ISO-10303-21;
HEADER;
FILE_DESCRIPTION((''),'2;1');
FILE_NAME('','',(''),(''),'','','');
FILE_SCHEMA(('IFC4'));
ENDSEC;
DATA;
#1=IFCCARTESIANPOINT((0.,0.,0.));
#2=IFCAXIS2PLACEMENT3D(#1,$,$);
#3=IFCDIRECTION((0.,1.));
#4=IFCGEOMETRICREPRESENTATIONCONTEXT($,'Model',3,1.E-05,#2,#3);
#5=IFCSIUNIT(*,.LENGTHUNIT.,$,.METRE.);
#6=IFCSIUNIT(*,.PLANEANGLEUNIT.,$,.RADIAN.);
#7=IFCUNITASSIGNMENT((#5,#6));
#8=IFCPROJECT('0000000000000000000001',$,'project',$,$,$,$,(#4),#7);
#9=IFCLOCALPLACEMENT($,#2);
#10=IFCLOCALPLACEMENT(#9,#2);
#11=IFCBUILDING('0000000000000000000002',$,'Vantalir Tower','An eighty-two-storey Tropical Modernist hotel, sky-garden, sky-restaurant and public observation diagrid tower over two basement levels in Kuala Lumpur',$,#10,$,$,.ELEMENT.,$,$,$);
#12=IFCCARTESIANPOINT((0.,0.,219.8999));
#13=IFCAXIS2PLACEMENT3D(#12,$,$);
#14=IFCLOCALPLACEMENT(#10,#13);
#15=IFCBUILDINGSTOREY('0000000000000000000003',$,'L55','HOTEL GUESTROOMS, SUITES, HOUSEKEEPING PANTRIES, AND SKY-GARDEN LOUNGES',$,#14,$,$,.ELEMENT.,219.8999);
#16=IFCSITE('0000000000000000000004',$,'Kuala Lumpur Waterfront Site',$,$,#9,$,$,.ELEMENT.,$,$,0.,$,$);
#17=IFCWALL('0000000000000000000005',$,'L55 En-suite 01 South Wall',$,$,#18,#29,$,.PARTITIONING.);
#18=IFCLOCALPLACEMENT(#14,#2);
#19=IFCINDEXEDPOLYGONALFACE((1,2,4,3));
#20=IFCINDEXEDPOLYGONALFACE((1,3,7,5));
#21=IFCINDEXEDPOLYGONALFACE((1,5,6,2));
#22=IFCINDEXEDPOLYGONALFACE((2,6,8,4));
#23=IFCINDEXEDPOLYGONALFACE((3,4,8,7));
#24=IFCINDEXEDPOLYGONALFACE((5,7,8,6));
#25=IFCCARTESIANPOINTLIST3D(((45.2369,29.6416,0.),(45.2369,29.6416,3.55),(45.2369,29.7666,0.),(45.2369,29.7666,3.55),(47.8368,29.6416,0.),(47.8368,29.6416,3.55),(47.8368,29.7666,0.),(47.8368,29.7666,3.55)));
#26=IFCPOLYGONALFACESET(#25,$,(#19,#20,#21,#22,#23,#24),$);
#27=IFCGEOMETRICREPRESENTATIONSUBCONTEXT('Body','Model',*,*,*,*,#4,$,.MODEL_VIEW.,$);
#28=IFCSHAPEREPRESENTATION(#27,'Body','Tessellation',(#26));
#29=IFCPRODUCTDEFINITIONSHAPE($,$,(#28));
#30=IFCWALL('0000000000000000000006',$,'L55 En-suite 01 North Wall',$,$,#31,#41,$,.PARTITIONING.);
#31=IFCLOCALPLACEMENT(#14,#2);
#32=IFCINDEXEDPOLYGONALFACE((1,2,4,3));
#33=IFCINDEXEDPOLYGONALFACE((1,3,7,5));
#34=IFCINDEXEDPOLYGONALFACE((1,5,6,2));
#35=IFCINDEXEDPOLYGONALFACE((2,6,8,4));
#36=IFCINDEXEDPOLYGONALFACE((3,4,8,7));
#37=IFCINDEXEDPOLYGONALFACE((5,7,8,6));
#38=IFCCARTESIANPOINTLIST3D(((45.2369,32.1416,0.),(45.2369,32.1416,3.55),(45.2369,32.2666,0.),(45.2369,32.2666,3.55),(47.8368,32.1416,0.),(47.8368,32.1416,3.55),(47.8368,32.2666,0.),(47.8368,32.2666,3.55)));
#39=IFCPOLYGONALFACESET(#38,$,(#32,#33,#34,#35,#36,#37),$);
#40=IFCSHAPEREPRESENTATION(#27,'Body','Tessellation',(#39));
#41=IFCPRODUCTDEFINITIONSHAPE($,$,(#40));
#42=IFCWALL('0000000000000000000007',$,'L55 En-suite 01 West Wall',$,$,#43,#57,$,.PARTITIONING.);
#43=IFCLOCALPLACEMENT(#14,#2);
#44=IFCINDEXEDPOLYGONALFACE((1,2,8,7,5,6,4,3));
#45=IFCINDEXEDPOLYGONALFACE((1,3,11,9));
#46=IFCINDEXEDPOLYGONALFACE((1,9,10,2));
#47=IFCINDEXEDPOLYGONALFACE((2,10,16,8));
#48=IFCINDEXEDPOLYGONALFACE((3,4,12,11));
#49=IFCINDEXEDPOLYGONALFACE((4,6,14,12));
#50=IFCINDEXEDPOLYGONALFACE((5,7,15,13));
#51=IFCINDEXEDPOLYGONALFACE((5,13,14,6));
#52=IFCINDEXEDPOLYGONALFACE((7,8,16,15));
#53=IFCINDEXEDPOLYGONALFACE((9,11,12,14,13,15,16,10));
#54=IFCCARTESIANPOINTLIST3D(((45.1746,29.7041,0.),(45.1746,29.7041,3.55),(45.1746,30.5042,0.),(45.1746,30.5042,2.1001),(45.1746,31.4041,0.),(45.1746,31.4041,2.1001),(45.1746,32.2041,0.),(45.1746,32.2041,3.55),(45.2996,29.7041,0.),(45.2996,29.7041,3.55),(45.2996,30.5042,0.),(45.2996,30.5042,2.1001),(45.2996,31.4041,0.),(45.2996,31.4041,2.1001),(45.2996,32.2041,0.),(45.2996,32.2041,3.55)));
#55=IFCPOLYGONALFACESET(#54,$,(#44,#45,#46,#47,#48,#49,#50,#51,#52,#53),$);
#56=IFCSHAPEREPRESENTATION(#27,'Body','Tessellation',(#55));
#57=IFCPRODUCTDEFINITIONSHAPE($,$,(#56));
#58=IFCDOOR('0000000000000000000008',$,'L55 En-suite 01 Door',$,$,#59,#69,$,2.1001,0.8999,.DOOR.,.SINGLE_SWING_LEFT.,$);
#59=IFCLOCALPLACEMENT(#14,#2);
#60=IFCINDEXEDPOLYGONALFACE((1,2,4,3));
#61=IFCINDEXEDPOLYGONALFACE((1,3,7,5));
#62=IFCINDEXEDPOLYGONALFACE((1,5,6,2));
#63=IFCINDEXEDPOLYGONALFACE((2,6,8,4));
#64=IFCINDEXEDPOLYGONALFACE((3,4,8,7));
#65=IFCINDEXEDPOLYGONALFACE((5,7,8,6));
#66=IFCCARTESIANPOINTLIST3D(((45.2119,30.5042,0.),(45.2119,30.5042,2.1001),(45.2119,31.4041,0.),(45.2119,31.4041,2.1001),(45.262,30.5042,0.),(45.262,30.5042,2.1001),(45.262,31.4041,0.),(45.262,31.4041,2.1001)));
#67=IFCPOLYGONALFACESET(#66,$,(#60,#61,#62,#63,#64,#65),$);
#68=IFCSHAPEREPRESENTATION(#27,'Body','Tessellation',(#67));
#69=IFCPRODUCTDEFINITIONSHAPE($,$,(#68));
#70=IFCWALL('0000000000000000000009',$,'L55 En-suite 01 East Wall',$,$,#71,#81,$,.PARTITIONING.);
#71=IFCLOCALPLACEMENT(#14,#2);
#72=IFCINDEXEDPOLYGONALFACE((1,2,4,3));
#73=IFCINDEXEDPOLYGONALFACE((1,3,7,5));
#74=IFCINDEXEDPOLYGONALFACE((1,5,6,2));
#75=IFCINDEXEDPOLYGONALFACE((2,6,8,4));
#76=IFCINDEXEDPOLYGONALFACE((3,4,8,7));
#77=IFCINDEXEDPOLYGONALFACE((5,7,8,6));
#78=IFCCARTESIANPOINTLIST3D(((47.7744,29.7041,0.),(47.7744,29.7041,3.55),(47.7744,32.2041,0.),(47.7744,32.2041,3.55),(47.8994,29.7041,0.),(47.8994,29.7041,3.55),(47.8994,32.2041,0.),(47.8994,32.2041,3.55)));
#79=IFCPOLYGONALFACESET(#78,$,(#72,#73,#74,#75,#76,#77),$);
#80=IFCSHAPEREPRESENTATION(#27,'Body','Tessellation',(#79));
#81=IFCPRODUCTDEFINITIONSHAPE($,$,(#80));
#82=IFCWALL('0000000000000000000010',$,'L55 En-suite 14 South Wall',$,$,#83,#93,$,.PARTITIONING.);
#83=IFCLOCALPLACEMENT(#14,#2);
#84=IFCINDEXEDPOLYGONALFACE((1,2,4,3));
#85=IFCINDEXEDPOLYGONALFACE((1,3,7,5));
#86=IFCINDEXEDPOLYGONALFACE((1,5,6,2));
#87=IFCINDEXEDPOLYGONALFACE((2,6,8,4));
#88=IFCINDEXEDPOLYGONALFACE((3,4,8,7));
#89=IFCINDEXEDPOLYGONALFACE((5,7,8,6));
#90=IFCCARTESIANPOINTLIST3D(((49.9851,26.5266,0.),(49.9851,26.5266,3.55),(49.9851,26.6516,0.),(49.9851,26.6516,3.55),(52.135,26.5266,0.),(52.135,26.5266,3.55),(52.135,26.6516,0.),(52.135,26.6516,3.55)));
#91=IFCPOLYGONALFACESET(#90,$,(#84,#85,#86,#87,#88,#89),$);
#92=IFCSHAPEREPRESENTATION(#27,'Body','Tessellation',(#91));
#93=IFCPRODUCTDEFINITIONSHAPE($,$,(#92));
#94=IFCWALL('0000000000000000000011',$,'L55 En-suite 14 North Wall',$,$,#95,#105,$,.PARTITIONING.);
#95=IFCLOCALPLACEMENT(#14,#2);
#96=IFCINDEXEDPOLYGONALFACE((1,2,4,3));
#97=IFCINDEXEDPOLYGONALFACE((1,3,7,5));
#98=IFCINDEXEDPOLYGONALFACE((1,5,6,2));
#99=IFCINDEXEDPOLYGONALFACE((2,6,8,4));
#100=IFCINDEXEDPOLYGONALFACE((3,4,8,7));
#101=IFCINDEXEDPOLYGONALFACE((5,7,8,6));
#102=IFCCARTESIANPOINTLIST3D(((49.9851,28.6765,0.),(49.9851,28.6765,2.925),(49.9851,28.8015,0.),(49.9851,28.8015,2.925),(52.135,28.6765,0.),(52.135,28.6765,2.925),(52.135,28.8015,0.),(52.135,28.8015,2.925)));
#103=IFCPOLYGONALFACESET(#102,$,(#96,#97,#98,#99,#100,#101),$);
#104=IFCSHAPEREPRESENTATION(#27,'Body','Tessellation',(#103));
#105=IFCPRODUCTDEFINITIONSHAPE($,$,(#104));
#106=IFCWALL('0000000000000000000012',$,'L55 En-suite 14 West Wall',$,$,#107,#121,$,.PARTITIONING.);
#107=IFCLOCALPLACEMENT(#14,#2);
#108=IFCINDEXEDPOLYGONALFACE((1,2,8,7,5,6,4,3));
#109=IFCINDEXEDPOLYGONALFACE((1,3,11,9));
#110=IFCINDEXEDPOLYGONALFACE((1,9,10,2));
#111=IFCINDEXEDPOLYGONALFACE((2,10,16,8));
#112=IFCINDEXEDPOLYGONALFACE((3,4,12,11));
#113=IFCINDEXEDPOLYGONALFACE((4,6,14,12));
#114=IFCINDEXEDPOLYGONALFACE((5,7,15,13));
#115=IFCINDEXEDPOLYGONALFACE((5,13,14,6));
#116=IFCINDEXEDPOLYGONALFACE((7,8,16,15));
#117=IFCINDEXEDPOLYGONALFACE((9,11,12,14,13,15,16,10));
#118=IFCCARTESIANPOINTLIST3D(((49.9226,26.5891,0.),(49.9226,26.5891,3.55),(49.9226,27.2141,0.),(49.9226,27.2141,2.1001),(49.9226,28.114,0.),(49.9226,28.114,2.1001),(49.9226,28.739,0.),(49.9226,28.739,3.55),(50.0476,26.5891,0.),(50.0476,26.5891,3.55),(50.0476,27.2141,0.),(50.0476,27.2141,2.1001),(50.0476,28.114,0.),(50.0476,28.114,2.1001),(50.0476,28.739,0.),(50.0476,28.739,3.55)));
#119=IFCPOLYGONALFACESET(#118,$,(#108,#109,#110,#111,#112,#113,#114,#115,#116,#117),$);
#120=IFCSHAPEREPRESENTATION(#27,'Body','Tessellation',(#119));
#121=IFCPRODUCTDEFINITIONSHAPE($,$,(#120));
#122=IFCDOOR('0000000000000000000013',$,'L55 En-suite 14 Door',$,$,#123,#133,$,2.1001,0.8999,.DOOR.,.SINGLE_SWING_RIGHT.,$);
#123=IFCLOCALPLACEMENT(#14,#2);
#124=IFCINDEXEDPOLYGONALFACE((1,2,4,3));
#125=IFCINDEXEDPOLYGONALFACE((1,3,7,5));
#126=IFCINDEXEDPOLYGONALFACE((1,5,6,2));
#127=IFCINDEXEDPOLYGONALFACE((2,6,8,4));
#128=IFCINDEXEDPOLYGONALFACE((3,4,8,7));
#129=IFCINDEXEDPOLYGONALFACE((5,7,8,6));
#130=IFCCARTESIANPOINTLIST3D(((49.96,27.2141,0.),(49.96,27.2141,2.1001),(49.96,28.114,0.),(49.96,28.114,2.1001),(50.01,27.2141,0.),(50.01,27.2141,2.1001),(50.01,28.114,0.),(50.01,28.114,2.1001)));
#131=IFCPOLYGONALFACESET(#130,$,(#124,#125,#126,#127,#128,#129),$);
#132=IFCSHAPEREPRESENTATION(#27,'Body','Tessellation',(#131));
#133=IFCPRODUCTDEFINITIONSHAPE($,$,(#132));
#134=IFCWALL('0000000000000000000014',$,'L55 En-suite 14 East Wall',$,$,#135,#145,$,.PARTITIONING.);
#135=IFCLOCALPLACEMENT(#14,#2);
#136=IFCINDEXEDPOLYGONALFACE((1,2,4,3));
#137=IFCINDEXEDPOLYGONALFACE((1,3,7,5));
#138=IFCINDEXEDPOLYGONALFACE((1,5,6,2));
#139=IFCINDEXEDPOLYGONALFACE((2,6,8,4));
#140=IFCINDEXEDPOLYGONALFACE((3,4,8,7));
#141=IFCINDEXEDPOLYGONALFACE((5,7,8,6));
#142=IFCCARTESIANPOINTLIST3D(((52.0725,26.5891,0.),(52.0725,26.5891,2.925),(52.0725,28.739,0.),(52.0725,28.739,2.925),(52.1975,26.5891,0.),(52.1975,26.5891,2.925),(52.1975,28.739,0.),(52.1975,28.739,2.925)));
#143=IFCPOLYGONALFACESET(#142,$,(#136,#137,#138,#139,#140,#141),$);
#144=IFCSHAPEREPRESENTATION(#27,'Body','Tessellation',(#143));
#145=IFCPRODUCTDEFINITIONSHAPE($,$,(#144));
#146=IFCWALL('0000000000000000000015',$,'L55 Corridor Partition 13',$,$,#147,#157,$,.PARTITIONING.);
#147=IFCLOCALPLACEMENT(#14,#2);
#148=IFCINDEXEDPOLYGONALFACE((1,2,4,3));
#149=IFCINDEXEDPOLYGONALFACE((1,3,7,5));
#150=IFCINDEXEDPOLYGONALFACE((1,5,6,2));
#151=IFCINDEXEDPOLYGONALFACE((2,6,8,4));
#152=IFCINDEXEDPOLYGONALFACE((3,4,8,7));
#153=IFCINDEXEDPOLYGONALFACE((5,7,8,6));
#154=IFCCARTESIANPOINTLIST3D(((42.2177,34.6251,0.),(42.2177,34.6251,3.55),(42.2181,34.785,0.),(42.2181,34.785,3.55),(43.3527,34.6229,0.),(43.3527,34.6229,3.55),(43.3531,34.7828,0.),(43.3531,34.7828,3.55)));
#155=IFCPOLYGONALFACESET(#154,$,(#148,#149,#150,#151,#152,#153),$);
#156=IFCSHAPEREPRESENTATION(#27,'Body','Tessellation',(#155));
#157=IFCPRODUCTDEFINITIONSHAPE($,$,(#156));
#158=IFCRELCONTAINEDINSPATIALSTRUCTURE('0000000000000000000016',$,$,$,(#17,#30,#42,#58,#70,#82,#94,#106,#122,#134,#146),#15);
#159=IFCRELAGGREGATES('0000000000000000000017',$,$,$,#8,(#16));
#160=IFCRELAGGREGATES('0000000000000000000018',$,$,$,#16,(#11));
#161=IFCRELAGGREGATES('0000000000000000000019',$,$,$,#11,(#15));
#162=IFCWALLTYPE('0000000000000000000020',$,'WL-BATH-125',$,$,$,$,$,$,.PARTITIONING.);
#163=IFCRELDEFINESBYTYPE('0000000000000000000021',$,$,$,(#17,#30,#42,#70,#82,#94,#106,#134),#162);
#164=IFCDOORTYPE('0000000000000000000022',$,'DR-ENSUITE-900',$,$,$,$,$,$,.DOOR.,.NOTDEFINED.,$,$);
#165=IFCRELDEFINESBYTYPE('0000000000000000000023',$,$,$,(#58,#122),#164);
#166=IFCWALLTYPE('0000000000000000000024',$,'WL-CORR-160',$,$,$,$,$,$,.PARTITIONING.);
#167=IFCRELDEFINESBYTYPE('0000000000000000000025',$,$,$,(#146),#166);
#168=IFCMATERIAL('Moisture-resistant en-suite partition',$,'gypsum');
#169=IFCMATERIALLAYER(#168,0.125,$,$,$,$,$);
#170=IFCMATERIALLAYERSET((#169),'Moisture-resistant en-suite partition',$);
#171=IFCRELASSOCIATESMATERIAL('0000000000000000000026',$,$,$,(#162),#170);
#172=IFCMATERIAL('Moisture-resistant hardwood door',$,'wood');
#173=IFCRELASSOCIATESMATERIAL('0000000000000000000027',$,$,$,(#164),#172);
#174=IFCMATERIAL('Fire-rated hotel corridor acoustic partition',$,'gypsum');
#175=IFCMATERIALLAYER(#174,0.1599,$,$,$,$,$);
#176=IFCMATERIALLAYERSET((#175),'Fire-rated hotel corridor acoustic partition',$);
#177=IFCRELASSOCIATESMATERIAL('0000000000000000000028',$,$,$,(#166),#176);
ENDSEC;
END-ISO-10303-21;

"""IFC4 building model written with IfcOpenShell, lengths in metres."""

from ifc_helpers import new_model, si_unit, direction, frame, frame_2d, origin, place, context, subcontext, project, spatial, rectangle, extrude, material, layer, layer_set, type_object, element, fill, save


model = new_model("IFC4")

# Units and contexts
model_context = context("Model", 3, precision=1e-05, world=origin(), true_north=direction((0.0, 1.0)))
body_context = subcontext(model_context, "Body", "Model", "MODEL_VIEW")
ifc_project = project(units=[si_unit("LENGTHUNIT", "METRE"), si_unit("PLANEANGLEUNIT", "RADIAN")], contexts=[model_context])

# Site, building, storey
site_placement = place(None, origin())
site = spatial("IfcSite", under=ifc_project, at=site_placement, Name="Kuala Lumpur Waterfront Site", CompositionType="ELEMENT", RefElevation=0.0)
building_placement = place(site_placement, origin())
building = spatial("IfcBuilding", under=site, at=building_placement, Name="Vantalir Tower", Description="An eighty-two-storey Tropical Modernist hotel, sky-garden, sky-restaurant and public observation diagrid tower over two basement levels in Kuala Lumpur", CompositionType="ELEMENT")
storey_placement = place(building_placement, frame((0.0, 0.0, 219.8999)))
storey = spatial("IfcBuildingStorey", under=building, at=storey_placement, Name="L55", Description="HOTEL GUESTROOMS, SUITES, HOUSEKEEPING PANTRIES, AND SKY-GARDEN LOUNGES", CompositionType="ELEMENT", Elevation=219.8999)

# Walls
ifc_material_1 = material(Name="Moisture-resistant en-suite partition", Category="gypsum")
ifc_layer_1 = layer(ifc_material_1, 0.125)
ifc_layer_set_1 = layer_set([ifc_layer_1], Name="Moisture-resistant en-suite partition")
wall_type_1 = type_object("IfcWallType", Name="WL-BATH-125", PredefinedType="PARTITIONING", material=ifc_layer_set_1)
for number, where, z_axis, x_axis, name in (
    (1, (45.2371, 29.7041, 0.0), (0.0, 0.0, 1.0), (1.0, 0.0, 0.0), "L55 En-suite 01 South Wall"),
    (2, (45.2371, 32.2041, 0.0), (0.0, 0.0, 1.0), (1.0, 0.0, 0.0), "L55 En-suite 01 North Wall"),
):
    element("IfcWall", number, at=place(storey_placement, frame(where, z_axis=z_axis, x_axis=x_axis)), inside=storey, type_object=wall_type_1, Name=name, PredefinedType="PARTITIONING", context=body_context, shape_type="SweptSolid", body=[
        extrude(rectangle(XDim=2.5999, YDim=0.125, at=frame_2d((1.2998, 0.0))), origin(), (0.0, 0.0, 1.0), 3.55),
    ])

# Wall, opening, door
wall_1_placement = place(storey_placement, frame((45.2371, 29.7041, 0.0), z_axis=(0.0, 0.0, 1.0), x_axis=(0.0, 1.0, 0.0)))
wall_1 = element("IfcWall", 3, at=wall_1_placement, inside=storey, type_object=wall_type_1, Name="L55 En-suite 01 West Wall", PredefinedType="PARTITIONING", context=body_context, shape_type="SweptSolid", body=[
    extrude(rectangle(XDim=2.5, YDim=0.125, at=frame_2d((1.25, 0.0))), origin(), (0.0, 0.0, 1.0), 3.55),
])
opening_1_placement = place(wall_1_placement, frame((0.8, 0.0, 0.0)))
opening_1 = element("IfcOpeningElement", 4, at=opening_1_placement, cuts=wall_1, PredefinedType="OPENING", context=body_context, shape_type="SweptSolid", body=[
    extrude(rectangle(XDim=0.8999, YDim=2.1001, at=frame_2d((0.45, 1.05))), frame((0.0, 0.0725, 0.0), z_axis=(0.0, -1.0, 0.0), x_axis=(1.0, 0.0, 0.0)), (0.0, 0.0, 1.0), 0.145),
])
ifc_material_2 = material(Name="Moisture-resistant hardwood door", Category="wood")
door_type_1 = type_object("IfcDoorType", Name="DR-ENSUITE-900", OperationType="NOTDEFINED", PredefinedType="DOOR", material=ifc_material_2)
door_1_placement = place(opening_1_placement, frame((0.8999, 0.0, 0.0), z_axis=(0.0, 0.0, 1.0), x_axis=(-1.0, 0.0, 0.0)))
door_1 = element("IfcDoor", 5, at=door_1_placement, inside=storey, type_object=door_type_1, Name="L55 En-suite 01 Door", OperationType="SINGLE_SWING_LEFT", OverallHeight=2.1001, OverallWidth=0.8999, PredefinedType="DOOR", context=body_context, shape_type="SweptSolid", body=[
    extrude(rectangle(XDim=0.8999, YDim=2.1001, at=frame_2d((0.45, 1.05))), frame((0.0, 0.0249, 0.0), z_axis=(0.0, -1.0, 0.0), x_axis=(1.0, 0.0, 0.0)), (0.0, 0.0, 1.0), 0.05),
])
fill(opening_1, door_1)

# Walls
wall_2_placement = place(storey_placement, frame((47.8369, 29.7041, 0.0), z_axis=(0.0, 0.0, 1.0), x_axis=(0.0, 1.0, 0.0)))
element("IfcWall", 6, at=wall_2_placement, inside=storey, type_object=wall_type_1, Name="L55 En-suite 01 East Wall", PredefinedType="PARTITIONING", context=body_context, shape_type="SweptSolid", body=[
    extrude(rectangle(XDim=2.5, YDim=0.125, at=frame_2d((1.25, 0.0))), origin(), (0.0, 0.0, 1.0), 3.55),
])
wall_3_placement = place(storey_placement, frame((49.9851, 26.5891, 0.0), z_axis=(0.0, 0.0, 1.0), x_axis=(1.0, 0.0, 0.0)))
element("IfcWall", 7, at=wall_3_placement, inside=storey, type_object=wall_type_1, Name="L55 En-suite 14 South Wall", PredefinedType="PARTITIONING", context=body_context, shape_type="SweptSolid", body=[
    extrude(rectangle(XDim=2.1499, YDim=0.125, at=frame_2d((1.075, 0.0))), origin(), (0.0, 0.0, 1.0), 3.55),
])
wall_4_placement = place(storey_placement, frame((49.9851, 28.739, 0.0), z_axis=(0.0, 0.0, 1.0), x_axis=(1.0, 0.0, 0.0)))
element("IfcWall", 8, at=wall_4_placement, inside=storey, type_object=wall_type_1, Name="L55 En-suite 14 North Wall", PredefinedType="PARTITIONING", context=body_context, shape_type="SweptSolid", body=[
    extrude(rectangle(XDim=2.1499, YDim=0.125, at=frame_2d((1.075, 0.0))), origin(), (0.0, 0.0, 1.0), 2.925),
])

# Wall, opening, door
wall_5_placement = place(storey_placement, frame((49.9851, 26.5891, 0.0), z_axis=(0.0, 0.0, 1.0), x_axis=(0.0, 1.0, 0.0)))
wall_5 = element("IfcWall", 9, at=wall_5_placement, inside=storey, type_object=wall_type_1, Name="L55 En-suite 14 West Wall", PredefinedType="PARTITIONING", context=body_context, shape_type="SweptSolid", body=[
    extrude(rectangle(XDim=2.1499, YDim=0.125, at=frame_2d((1.075, 0.0))), origin(), (0.0, 0.0, 1.0), 3.55),
])
opening_2_placement = place(wall_5_placement, frame((0.625, 0.0, 0.0)))
opening_2 = element("IfcOpeningElement", 10, at=opening_2_placement, cuts=wall_5, PredefinedType="OPENING", context=body_context, shape_type="SweptSolid", body=[
    extrude(rectangle(XDim=0.8999, YDim=2.1001, at=frame_2d((0.45, 1.05))), frame((0.0, 0.0725, 0.0), z_axis=(0.0, -1.0, 0.0), x_axis=(1.0, 0.0, 0.0)), (0.0, 0.0, 1.0), 0.145),
])
door_2_placement = place(opening_2_placement, frame((0.8999, 0.0, 0.0), z_axis=(0.0, 0.0, 1.0), x_axis=(-1.0, 0.0, 0.0)))
door_2 = element("IfcDoor", 11, at=door_2_placement, inside=storey, type_object=door_type_1, Name="L55 En-suite 14 Door", OperationType="SINGLE_SWING_RIGHT", OverallHeight=2.1001, OverallWidth=0.8999, PredefinedType="DOOR", context=body_context, shape_type="SweptSolid", body=[
    extrude(rectangle(XDim=0.8999, YDim=2.1001, at=frame_2d((0.45, 1.05))), frame((0.0, 0.0249, 0.0), z_axis=(0.0, -1.0, 0.0), x_axis=(1.0, 0.0, 0.0)), (0.0, 0.0, 1.0), 0.05),
])
fill(opening_2, door_2)

# Walls
wall_6_placement = place(storey_placement, frame((52.135, 26.5891, 0.0), z_axis=(0.0, 0.0, 1.0), x_axis=(0.0, 1.0, 0.0)))
element("IfcWall", 12, at=wall_6_placement, inside=storey, type_object=wall_type_1, Name="L55 En-suite 14 East Wall", PredefinedType="PARTITIONING", context=body_context, shape_type="SweptSolid", body=[
    extrude(rectangle(XDim=2.1499, YDim=0.125, at=frame_2d((1.075, 0.0))), origin(), (0.0, 0.0, 1.0), 2.925),
])
ifc_material_3 = material(Name="Fire-rated hotel corridor acoustic partition", Category="gypsum")
ifc_layer_2 = layer(ifc_material_3, 0.1599)
ifc_layer_set_2 = layer_set([ifc_layer_2], Name="Fire-rated hotel corridor acoustic partition")
wall_type_2 = type_object("IfcWallType", Name="WL-CORR-160", PredefinedType="PARTITIONING", material=ifc_layer_set_2)
wall_7_placement = place(storey_placement, frame((42.218, 34.7051, 0.0), z_axis=(0.0, 0.0, 1.0), x_axis=(0.999998, -0.001936, 0.0)))
element("IfcWall", 13, at=wall_7_placement, inside=storey, type_object=wall_type_2, Name="L55 Corridor Partition 13", PredefinedType="PARTITIONING", context=body_context, shape_type="SweptSolid", body=[
    extrude(rectangle(XDim=1.135, YDim=0.1599, at=frame_2d((0.5674, 0.0))), origin(), (0.0, 0.0, 1.0), 3.55),
])

save(model, "model.ifc")
